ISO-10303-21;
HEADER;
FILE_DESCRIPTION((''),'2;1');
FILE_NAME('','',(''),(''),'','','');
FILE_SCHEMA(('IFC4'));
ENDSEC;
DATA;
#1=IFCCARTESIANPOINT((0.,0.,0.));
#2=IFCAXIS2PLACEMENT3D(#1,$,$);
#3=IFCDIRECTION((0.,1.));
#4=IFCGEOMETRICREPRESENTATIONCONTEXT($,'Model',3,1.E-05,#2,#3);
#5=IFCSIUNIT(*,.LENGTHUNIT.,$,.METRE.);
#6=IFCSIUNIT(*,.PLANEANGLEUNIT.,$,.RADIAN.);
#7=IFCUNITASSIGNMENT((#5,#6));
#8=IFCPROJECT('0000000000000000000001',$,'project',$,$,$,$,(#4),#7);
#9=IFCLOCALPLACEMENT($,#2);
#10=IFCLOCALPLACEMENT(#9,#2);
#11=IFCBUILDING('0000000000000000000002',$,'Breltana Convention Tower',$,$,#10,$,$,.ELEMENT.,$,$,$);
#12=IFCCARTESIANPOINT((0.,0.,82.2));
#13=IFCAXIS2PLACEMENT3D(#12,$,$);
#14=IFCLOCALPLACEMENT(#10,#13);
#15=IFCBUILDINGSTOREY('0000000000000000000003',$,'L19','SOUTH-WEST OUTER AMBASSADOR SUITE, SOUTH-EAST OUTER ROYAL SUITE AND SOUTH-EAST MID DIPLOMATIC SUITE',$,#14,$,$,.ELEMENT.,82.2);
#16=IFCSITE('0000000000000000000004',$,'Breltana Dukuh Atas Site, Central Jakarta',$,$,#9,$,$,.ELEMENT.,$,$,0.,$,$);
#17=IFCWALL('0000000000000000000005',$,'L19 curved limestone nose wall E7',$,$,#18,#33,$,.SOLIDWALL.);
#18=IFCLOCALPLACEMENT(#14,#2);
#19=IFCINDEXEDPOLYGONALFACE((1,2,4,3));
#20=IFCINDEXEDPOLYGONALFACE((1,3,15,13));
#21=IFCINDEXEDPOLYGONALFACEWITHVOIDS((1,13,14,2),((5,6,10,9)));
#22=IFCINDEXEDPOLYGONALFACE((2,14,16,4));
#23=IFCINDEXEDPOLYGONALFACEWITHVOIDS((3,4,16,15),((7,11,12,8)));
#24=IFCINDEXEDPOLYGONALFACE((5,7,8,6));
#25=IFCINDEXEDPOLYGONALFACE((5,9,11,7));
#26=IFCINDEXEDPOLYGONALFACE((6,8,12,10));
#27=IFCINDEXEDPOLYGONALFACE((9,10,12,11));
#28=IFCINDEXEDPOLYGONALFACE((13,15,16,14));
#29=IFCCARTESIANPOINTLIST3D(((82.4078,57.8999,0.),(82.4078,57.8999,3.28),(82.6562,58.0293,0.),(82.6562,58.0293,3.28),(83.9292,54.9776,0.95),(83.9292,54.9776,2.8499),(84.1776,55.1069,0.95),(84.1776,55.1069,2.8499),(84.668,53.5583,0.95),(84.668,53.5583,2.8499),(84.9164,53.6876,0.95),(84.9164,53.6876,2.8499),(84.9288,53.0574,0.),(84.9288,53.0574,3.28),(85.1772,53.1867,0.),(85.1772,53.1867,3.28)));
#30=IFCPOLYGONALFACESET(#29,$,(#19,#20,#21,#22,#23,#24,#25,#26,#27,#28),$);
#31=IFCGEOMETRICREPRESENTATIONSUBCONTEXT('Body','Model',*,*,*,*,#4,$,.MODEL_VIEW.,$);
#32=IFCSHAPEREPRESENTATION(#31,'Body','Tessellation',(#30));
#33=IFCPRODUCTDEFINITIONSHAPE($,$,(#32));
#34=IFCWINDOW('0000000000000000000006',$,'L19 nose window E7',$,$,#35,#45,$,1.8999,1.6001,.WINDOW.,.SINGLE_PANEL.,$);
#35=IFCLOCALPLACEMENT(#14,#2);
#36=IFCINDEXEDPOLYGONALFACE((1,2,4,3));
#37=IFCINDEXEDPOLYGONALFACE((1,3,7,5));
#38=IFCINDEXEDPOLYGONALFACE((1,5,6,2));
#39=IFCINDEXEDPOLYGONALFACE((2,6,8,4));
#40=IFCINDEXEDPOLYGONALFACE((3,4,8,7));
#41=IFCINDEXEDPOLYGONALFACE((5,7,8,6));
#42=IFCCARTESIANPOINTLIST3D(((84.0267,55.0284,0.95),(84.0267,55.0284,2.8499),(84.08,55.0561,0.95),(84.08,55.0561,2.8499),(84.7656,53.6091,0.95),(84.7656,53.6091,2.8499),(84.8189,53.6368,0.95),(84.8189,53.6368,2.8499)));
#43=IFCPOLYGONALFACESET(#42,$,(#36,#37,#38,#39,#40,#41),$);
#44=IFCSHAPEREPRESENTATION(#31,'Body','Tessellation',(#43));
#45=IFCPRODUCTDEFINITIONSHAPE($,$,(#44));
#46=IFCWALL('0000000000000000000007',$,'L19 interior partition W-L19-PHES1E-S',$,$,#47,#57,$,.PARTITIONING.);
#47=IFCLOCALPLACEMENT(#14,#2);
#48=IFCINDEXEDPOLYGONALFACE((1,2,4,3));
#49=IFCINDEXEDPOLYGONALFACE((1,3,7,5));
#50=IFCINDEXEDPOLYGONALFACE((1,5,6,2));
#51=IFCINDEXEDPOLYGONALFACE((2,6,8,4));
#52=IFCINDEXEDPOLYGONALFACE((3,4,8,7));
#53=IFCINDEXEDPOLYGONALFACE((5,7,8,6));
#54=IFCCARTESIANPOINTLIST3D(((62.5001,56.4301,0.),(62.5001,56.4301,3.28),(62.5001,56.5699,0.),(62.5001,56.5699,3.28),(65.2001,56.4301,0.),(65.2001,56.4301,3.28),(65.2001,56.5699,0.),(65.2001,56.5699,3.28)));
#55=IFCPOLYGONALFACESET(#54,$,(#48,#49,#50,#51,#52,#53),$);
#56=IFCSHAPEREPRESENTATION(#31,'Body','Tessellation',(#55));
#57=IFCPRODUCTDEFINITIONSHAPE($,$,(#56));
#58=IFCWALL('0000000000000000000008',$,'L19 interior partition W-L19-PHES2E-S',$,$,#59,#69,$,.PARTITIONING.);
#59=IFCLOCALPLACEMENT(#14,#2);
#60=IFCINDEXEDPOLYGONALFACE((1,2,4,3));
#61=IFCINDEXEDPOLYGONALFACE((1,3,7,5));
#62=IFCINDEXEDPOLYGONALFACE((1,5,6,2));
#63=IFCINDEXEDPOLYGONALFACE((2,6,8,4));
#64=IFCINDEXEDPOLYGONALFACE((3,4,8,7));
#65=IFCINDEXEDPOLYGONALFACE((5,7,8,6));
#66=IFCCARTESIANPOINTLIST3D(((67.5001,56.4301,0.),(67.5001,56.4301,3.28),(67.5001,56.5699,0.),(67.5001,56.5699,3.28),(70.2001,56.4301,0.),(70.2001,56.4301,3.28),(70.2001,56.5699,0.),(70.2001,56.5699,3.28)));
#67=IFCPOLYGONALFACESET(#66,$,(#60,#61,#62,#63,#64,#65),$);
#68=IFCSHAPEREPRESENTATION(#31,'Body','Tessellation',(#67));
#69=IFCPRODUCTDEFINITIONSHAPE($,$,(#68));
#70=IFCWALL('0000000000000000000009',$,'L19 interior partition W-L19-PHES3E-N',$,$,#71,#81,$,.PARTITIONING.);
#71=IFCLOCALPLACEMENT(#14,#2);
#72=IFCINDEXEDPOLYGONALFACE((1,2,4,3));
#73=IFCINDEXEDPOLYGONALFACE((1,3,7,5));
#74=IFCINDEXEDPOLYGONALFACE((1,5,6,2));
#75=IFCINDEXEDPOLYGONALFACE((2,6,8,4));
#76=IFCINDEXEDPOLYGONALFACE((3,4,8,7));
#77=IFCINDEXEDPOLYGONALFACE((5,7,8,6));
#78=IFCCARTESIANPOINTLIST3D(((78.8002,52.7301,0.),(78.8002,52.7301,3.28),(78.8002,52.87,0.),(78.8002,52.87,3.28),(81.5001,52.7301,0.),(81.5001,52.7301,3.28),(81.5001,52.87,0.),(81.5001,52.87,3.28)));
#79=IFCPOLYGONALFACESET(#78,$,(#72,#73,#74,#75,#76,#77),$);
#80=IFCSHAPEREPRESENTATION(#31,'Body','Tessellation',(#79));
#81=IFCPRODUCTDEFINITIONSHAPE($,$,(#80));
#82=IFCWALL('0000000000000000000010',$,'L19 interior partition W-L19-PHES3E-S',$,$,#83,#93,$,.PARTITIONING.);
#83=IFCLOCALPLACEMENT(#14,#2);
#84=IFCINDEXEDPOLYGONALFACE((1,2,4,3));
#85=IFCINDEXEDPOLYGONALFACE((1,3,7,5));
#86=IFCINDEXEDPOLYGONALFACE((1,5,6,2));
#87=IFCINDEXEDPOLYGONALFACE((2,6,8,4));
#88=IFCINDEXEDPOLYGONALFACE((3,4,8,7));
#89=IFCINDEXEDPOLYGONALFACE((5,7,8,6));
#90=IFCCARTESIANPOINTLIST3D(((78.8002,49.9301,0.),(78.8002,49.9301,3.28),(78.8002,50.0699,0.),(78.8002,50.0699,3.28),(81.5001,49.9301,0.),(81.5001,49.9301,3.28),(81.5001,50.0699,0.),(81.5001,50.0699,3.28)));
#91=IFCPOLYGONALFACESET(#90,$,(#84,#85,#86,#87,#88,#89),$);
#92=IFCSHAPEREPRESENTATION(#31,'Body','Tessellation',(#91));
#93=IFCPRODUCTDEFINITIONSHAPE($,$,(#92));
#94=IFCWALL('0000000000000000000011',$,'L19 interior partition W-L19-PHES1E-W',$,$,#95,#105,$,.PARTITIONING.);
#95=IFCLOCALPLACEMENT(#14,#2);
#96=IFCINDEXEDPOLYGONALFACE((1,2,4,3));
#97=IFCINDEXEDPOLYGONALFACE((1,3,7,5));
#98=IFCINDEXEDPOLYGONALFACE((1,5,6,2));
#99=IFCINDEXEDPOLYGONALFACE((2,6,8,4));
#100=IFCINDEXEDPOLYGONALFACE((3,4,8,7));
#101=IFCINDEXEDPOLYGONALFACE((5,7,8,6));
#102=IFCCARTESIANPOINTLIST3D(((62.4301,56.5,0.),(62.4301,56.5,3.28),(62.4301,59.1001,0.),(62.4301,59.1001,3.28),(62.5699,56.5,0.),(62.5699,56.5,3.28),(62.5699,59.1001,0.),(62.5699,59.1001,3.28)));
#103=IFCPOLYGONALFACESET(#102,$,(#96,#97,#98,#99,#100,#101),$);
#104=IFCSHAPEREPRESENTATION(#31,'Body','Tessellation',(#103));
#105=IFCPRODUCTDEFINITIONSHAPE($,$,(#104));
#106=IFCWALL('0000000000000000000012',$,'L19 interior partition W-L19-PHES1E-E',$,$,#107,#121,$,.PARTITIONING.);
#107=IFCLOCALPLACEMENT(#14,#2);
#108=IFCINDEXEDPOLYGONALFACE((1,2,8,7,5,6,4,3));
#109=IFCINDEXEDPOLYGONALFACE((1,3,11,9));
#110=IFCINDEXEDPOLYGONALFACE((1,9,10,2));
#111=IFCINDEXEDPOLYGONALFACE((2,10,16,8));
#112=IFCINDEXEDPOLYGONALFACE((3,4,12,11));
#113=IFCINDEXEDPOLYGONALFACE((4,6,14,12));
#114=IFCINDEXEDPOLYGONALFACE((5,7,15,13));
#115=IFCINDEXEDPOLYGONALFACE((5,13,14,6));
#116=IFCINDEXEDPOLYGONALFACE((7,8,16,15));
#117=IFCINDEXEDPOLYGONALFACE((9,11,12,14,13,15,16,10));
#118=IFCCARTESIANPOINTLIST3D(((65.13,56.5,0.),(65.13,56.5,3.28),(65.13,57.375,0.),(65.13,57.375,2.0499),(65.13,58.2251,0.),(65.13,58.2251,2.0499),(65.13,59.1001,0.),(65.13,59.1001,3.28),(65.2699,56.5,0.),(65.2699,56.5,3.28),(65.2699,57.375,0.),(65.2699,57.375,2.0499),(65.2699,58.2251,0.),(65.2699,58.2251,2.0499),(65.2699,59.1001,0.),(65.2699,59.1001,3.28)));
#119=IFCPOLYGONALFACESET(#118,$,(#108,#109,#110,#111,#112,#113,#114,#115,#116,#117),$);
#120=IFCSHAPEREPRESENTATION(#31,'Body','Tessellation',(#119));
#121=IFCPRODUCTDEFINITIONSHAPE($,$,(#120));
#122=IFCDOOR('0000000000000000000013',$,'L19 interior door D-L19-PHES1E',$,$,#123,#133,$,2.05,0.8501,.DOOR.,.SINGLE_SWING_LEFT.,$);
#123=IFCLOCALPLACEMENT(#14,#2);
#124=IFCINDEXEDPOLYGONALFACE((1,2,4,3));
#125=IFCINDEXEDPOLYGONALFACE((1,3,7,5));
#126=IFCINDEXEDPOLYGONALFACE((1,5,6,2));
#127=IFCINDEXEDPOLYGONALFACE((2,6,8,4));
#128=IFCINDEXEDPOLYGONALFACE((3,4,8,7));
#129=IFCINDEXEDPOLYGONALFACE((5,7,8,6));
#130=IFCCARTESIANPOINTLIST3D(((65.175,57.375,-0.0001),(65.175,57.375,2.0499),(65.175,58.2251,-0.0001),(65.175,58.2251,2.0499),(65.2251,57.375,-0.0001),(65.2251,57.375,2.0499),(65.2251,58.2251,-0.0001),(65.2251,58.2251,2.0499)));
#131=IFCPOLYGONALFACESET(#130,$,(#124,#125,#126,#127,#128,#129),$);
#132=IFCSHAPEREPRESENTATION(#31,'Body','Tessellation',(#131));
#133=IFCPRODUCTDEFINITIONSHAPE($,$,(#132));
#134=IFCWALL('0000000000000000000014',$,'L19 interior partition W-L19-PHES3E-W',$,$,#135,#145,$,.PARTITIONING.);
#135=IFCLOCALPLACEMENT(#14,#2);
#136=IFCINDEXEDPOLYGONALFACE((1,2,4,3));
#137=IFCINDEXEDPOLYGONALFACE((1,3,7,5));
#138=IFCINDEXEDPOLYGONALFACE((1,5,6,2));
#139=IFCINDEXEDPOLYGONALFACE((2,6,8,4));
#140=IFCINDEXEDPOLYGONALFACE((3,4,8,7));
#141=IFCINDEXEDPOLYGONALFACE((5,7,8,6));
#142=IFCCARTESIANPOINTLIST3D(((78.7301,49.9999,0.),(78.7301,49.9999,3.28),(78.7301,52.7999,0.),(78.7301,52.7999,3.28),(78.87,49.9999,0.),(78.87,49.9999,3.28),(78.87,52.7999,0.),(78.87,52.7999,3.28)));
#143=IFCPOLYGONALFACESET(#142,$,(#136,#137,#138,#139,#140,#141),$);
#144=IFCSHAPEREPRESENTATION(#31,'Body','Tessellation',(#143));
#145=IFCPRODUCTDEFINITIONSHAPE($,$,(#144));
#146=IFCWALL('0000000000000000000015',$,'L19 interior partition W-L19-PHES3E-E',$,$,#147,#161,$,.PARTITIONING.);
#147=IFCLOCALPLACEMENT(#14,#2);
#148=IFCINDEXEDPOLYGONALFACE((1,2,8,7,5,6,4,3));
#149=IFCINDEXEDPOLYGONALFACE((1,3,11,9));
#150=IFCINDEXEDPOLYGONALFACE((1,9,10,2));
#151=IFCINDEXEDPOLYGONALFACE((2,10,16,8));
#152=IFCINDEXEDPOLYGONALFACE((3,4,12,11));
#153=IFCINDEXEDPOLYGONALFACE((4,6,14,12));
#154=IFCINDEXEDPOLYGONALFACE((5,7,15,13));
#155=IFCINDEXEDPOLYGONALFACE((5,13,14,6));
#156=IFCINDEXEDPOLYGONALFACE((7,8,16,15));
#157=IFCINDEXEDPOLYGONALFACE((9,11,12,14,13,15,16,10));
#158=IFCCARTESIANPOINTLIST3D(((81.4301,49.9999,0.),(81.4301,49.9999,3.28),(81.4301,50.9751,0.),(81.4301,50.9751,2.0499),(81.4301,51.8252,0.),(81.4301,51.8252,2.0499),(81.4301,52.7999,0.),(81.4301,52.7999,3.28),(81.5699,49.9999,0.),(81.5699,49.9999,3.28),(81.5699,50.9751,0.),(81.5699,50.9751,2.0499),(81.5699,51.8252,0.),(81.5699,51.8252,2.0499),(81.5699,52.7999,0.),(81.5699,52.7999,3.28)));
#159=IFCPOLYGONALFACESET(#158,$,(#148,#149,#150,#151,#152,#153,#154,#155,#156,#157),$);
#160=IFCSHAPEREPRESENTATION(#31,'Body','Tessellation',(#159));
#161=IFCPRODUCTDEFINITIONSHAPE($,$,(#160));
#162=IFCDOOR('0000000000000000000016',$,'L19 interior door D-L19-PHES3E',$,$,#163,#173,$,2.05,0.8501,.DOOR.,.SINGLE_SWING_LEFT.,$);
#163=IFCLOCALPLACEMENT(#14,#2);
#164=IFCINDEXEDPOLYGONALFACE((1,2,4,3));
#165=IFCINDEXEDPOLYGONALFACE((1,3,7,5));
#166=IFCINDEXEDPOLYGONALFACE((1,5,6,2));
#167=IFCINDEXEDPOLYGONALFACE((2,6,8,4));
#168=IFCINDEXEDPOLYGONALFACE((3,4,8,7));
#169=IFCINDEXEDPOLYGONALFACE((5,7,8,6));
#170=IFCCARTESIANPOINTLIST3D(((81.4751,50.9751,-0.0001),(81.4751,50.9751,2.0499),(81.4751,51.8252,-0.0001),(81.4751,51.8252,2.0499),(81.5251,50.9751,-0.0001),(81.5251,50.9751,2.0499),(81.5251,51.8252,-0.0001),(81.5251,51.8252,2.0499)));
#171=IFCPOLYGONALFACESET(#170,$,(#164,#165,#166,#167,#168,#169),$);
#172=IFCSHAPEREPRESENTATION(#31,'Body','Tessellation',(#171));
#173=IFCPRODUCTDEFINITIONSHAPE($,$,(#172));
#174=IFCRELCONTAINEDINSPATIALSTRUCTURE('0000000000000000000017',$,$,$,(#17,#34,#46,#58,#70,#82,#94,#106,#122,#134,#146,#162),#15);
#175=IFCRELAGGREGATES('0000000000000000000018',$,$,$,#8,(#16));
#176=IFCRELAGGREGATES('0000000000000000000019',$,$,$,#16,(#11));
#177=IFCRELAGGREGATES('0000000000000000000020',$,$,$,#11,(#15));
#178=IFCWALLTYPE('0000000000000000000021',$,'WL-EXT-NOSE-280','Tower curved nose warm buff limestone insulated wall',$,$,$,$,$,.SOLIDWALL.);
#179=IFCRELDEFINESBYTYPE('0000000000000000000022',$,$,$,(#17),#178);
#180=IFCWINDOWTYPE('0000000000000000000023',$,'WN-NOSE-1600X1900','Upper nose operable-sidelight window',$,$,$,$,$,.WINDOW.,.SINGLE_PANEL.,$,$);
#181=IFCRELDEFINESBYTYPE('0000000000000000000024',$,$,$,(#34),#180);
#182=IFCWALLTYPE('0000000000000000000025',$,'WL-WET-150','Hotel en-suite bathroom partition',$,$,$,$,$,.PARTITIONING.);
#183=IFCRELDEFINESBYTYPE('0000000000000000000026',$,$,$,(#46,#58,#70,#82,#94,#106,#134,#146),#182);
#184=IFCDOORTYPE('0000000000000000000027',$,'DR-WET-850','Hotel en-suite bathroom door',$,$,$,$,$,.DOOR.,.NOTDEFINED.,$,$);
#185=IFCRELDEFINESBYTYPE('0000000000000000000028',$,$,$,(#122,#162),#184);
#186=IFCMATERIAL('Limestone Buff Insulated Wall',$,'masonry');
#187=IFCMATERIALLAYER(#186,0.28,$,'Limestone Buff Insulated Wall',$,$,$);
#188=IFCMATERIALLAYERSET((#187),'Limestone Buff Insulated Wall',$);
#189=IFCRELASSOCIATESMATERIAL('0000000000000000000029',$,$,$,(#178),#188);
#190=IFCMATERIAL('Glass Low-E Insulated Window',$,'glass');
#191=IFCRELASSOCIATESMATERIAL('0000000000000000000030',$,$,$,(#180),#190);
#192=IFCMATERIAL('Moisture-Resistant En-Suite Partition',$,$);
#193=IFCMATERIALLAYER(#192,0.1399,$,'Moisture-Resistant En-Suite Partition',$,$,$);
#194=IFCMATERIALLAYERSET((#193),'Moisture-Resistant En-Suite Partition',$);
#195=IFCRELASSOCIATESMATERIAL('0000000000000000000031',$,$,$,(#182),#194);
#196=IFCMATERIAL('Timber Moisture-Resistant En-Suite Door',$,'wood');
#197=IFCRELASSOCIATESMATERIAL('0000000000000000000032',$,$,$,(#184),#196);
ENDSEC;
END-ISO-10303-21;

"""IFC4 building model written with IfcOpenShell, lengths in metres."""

from ifc_helpers import new_model, si_unit, direction, frame, frame_2d, origin, place, context, subcontext, project, spatial, rectangle, extrude, source, transform, mapped, material, layer, layer_set, type_object, type_shapes, element, fill, save


model = new_model("IFC4")

# Units and contexts
model_context = context("Model", 3, precision=1e-05, world=origin(), true_north=direction((0.0, 1.0)))
body_context = subcontext(model_context, "Body", "Model", "MODEL_VIEW")
ifc_project = project(units=[si_unit("LENGTHUNIT", "METRE"), si_unit("PLANEANGLEUNIT", "RADIAN")], contexts=[model_context])

# Site, building, storey
site_placement = place(None, origin())
site = spatial("IfcSite", under=ifc_project, at=site_placement, Name="Breltana Dukuh Atas Site, Central Jakarta", CompositionType="ELEMENT", RefElevation=0.0)
building_placement = place(site_placement, origin())
building = spatial("IfcBuilding", under=site, at=building_placement, Name="Breltana Convention Tower", CompositionType="ELEMENT")
storey_placement = place(building_placement, frame((0.0, 0.0, 82.2)))
storey = spatial("IfcBuildingStorey", under=building, at=storey_placement, Name="L19", Description="SOUTH-WEST OUTER AMBASSADOR SUITE, SOUTH-EAST OUTER ROYAL SUITE AND SOUTH-EAST MID DIPLOMATIC SUITE", CompositionType="ELEMENT", Elevation=82.2)

# Wall, opening, window
ifc_material_1 = material(Name="Limestone Buff Insulated Wall", Category="masonry")
ifc_layer_1 = layer(ifc_material_1, 0.28, Name="Limestone Buff Insulated Wall")
ifc_layer_set_1 = layer_set([ifc_layer_1], Name="Limestone Buff Insulated Wall")
wall_type_1 = type_object("IfcWallType", Name="WL-EXT-NOSE-280", Description="Tower curved nose warm buff limestone insulated wall", PredefinedType="SOLIDWALL", material=ifc_layer_set_1)
ifc_material_2 = material(Name="Glass Low-E Insulated Window", Category="glass")
window_type = type_object("IfcWindowType", Name="WN-NOSE-1600X1900", Description="Upper nose operable-sidelight window", PartitioningType="SINGLE_PANEL", PredefinedType="WINDOW", material=ifc_material_2)
shared_shape_1 = source(origin(), body_context, "Body", "SweptSolid", [
    extrude(rectangle(XDim=1.6001, YDim=1.8999, at=frame_2d((0.8, 0.95))), frame((0.0, 0.03, 0.0), z_axis=(0.0, -1.0, 0.0), x_axis=(1.0, 0.0, 0.0)), (0.0, 0.0, 1.0), 0.0601),
])
type_shapes(window_type, [shared_shape_1])
shared_shape_2 = source(origin(), body_context, "Body", "SweptSolid", [
    extrude(rectangle(XDim=5.4595, YDim=0.28, at=frame_2d((2.7297, 0.0))), origin(), (0.0, 0.0, 1.0), 3.28),
])
wall_1_placement = place(storey_placement, frame((82.532, 57.9646, 0.0), z_axis=(0.0, 0.0, 1.0), x_axis=(0.461768, -0.887001, 0.0)))
wall_1 = element("IfcWall", 1, at=wall_1_placement, inside=storey, type_object=wall_type_1, Name="L19 curved limestone nose wall E7", PredefinedType="SOLIDWALL", context=body_context, shape_type="MappedRepresentation", body=[
    mapped(shared_shape_2, transform((0.0, 0.0, 0.0), scale=1.0)),
])
opening_1_placement = place(wall_1_placement, frame((3.2947, 0.0, 0.95)))
opening_1 = element("IfcOpeningElement", 2, at=opening_1_placement, cuts=wall_1, PredefinedType="OPENING", context=body_context, shape_type="SweptSolid", body=[
    extrude(rectangle(XDim=1.6001, YDim=1.8999, at=frame_2d((0.8, 0.95))), frame((0.0, 0.1499, 0.0), z_axis=(0.0, -1.0, 0.0), x_axis=(1.0, 0.0, 0.0)), (0.0, 0.0, 1.0), 0.3),
])
window_1_placement = place(opening_1_placement, origin())
window_1 = element("IfcWindow", 3, at=window_1_placement, inside=storey, type_object=window_type, Name="L19 nose window E7", OverallHeight=1.8999, OverallWidth=1.6001, PartitioningType="SINGLE_PANEL", PredefinedType="WINDOW", context=body_context, shape_type="MappedRepresentation", body=[
    mapped(shared_shape_1, transform((0.0, 0.0, 0.0), scale=1.0)),
])
fill(opening_1, window_1)

# Walls
ifc_material_3 = material(Name="Moisture-Resistant En-Suite Partition")
ifc_layer_2 = layer(ifc_material_3, 0.1399, Name="Moisture-Resistant En-Suite Partition")
ifc_layer_set_2 = layer_set([ifc_layer_2], Name="Moisture-Resistant En-Suite Partition")
wall_type_2 = type_object("IfcWallType", Name="WL-WET-150", Description="Hotel en-suite bathroom partition", PredefinedType="PARTITIONING", material=ifc_layer_set_2)
shared_shape_3 = source(origin(), body_context, "Body", "SweptSolid", [
    extrude(rectangle(XDim=2.7, YDim=0.1399, at=frame_2d((1.3501, 0.0))), origin(), (0.0, 0.0, 1.0), 3.28),
])
for number, where, z_axis, x_axis, name in (
    (4, (62.5, 56.5, 0.0), (0.0, 0.0, 1.0), (1.0, 0.0, 0.0), "L19 interior partition W-L19-PHES1E-S"),
    (5, (67.5, 56.5, 0.0), (0.0, 0.0, 1.0), (1.0, 0.0, 0.0), "L19 interior partition W-L19-PHES2E-S"),
    (6, (78.8, 52.8, 0.0), (0.0, 0.0, 1.0), (1.0, 0.0, 0.0), "L19 interior partition W-L19-PHES3E-N"),
    (7, (78.8, 50.0, 0.0), (0.0, 0.0, 1.0), (1.0, 0.0, 0.0), "L19 interior partition W-L19-PHES3E-S"),
):
    element("IfcWall", number, at=place(storey_placement, frame(where, z_axis=z_axis, x_axis=x_axis)), inside=storey, type_object=wall_type_2, Name=name, PredefinedType="PARTITIONING", context=body_context, shape_type="MappedRepresentation", body=[
        mapped(shared_shape_3, transform((0.0, 0.0, 0.0), scale=1.0)),
    ])
shared_shape_4 = source(origin(), body_context, "Body", "SweptSolid", [
    extrude(rectangle(XDim=2.6001, YDim=0.1399, at=frame_2d((1.3, 0.0))), origin(), (0.0, 0.0, 1.0), 3.28),
])
wall_2_placement = place(storey_placement, frame((62.5, 56.5, 0.0), z_axis=(0.0, 0.0, 1.0), x_axis=(0.0, 1.0, 0.0)))
element("IfcWall", 8, at=wall_2_placement, inside=storey, type_object=wall_type_2, Name="L19 interior partition W-L19-PHES1E-W", PredefinedType="PARTITIONING", context=body_context, shape_type="MappedRepresentation", body=[
    mapped(shared_shape_4, transform((0.0, 0.0, 0.0), scale=1.0)),
])

# Wall, opening, door
wall_3_placement = place(storey_placement, frame((65.2, 56.5, 0.0), z_axis=(0.0, 0.0, 1.0), x_axis=(0.0, 1.0, 0.0)))
wall_3 = element("IfcWall", 9, at=wall_3_placement, inside=storey, type_object=wall_type_2, Name="L19 interior partition W-L19-PHES1E-E", PredefinedType="PARTITIONING", context=body_context, shape_type="MappedRepresentation", body=[
    mapped(shared_shape_4, transform((0.0, 0.0, 0.0), scale=1.0)),
])
opening_2_placement = place(wall_3_placement, frame((0.875, 0.0, 0.0)))
opening_2 = element("IfcOpeningElement", 10, at=opening_2_placement, cuts=wall_3, PredefinedType="OPENING", context=body_context, shape_type="SweptSolid", body=[
    extrude(rectangle(XDim=0.8501, YDim=2.05, at=frame_2d((0.425, 1.0249))), frame((0.0, 0.0801, 0.0), z_axis=(0.0, -1.0, 0.0), x_axis=(1.0, 0.0, 0.0)), (0.0, 0.0, 1.0), 0.1599),
])
ifc_material_4 = material(Name="Timber Moisture-Resistant En-Suite Door", Category="wood")
door_type = type_object("IfcDoorType", Name="DR-WET-850", Description="Hotel en-suite bathroom door", OperationType="NOTDEFINED", PredefinedType="DOOR", material=ifc_material_4)
shared_shape_5 = source(origin(), body_context, "Body", "SweptSolid", [
    extrude(rectangle(XDim=0.8501, YDim=2.05, at=frame_2d((0.425, 1.0249))), frame((0.0, 0.0249, 0.0), z_axis=(0.0, -1.0, 0.0), x_axis=(1.0, 0.0, 0.0)), (0.0, 0.0, 1.0), 0.05),
])
type_shapes(door_type, [shared_shape_5])
door_1_placement = place(opening_2_placement, origin())
door_1 = element("IfcDoor", 11, at=door_1_placement, inside=storey, type_object=door_type, Name="L19 interior door D-L19-PHES1E", OperationType="SINGLE_SWING_LEFT", OverallHeight=2.05, OverallWidth=0.8501, PredefinedType="DOOR", context=body_context, shape_type="MappedRepresentation", body=[
    mapped(shared_shape_5, transform((0.0, 0.0, 0.0), scale=1.0)),
])
fill(opening_2, door_1)

# Wall
shared_shape_6 = source(origin(), body_context, "Body", "SweptSolid", [
    extrude(rectangle(XDim=2.8, YDim=0.1399, at=frame_2d((1.3999, 0.0))), origin(), (0.0, 0.0, 1.0), 3.28),
])
wall_4_placement = place(storey_placement, frame((78.8, 50.0, 0.0), z_axis=(0.0, 0.0, 1.0), x_axis=(0.0, 1.0, 0.0)))
element("IfcWall", 12, at=wall_4_placement, inside=storey, type_object=wall_type_2, Name="L19 interior partition W-L19-PHES3E-W", PredefinedType="PARTITIONING", context=body_context, shape_type="MappedRepresentation", body=[
    mapped(shared_shape_6, transform((0.0, 0.0, 0.0), scale=1.0)),
])

# Wall, opening, door
wall_5_placement = place(storey_placement, frame((81.5, 50.0, 0.0), z_axis=(0.0, 0.0, 1.0), x_axis=(0.0, 1.0, 0.0)))
wall_5 = element("IfcWall", 13, at=wall_5_placement, inside=storey, type_object=wall_type_2, Name="L19 interior partition W-L19-PHES3E-E", PredefinedType="PARTITIONING", context=body_context, shape_type="MappedRepresentation", body=[
    mapped(shared_shape_6, transform((0.0, 0.0, 0.0), scale=1.0)),
])
opening_3_placement = place(wall_5_placement, frame((0.9751, 0.0, 0.0)))
opening_3 = element("IfcOpeningElement", 14, at=opening_3_placement, cuts=wall_5, PredefinedType="OPENING", context=body_context, shape_type="SweptSolid", body=[
    extrude(rectangle(XDim=0.8501, YDim=2.05, at=frame_2d((0.425, 1.0249))), frame((0.0, 0.0801, 0.0), z_axis=(0.0, -1.0, 0.0), x_axis=(1.0, 0.0, 0.0)), (0.0, 0.0, 1.0), 0.1599),
])
door_2_placement = place(opening_3_placement, origin())
door_2 = element("IfcDoor", 15, at=door_2_placement, inside=storey, type_object=door_type, Name="L19 interior door D-L19-PHES3E", OperationType="SINGLE_SWING_LEFT", OverallHeight=2.05, OverallWidth=0.8501, PredefinedType="DOOR", context=body_context, shape_type="MappedRepresentation", body=[
    mapped(shared_shape_5, transform((0.0, 0.0, 0.0), scale=1.0)),
])
fill(opening_3, door_2)

save(model, "model.ifc")
